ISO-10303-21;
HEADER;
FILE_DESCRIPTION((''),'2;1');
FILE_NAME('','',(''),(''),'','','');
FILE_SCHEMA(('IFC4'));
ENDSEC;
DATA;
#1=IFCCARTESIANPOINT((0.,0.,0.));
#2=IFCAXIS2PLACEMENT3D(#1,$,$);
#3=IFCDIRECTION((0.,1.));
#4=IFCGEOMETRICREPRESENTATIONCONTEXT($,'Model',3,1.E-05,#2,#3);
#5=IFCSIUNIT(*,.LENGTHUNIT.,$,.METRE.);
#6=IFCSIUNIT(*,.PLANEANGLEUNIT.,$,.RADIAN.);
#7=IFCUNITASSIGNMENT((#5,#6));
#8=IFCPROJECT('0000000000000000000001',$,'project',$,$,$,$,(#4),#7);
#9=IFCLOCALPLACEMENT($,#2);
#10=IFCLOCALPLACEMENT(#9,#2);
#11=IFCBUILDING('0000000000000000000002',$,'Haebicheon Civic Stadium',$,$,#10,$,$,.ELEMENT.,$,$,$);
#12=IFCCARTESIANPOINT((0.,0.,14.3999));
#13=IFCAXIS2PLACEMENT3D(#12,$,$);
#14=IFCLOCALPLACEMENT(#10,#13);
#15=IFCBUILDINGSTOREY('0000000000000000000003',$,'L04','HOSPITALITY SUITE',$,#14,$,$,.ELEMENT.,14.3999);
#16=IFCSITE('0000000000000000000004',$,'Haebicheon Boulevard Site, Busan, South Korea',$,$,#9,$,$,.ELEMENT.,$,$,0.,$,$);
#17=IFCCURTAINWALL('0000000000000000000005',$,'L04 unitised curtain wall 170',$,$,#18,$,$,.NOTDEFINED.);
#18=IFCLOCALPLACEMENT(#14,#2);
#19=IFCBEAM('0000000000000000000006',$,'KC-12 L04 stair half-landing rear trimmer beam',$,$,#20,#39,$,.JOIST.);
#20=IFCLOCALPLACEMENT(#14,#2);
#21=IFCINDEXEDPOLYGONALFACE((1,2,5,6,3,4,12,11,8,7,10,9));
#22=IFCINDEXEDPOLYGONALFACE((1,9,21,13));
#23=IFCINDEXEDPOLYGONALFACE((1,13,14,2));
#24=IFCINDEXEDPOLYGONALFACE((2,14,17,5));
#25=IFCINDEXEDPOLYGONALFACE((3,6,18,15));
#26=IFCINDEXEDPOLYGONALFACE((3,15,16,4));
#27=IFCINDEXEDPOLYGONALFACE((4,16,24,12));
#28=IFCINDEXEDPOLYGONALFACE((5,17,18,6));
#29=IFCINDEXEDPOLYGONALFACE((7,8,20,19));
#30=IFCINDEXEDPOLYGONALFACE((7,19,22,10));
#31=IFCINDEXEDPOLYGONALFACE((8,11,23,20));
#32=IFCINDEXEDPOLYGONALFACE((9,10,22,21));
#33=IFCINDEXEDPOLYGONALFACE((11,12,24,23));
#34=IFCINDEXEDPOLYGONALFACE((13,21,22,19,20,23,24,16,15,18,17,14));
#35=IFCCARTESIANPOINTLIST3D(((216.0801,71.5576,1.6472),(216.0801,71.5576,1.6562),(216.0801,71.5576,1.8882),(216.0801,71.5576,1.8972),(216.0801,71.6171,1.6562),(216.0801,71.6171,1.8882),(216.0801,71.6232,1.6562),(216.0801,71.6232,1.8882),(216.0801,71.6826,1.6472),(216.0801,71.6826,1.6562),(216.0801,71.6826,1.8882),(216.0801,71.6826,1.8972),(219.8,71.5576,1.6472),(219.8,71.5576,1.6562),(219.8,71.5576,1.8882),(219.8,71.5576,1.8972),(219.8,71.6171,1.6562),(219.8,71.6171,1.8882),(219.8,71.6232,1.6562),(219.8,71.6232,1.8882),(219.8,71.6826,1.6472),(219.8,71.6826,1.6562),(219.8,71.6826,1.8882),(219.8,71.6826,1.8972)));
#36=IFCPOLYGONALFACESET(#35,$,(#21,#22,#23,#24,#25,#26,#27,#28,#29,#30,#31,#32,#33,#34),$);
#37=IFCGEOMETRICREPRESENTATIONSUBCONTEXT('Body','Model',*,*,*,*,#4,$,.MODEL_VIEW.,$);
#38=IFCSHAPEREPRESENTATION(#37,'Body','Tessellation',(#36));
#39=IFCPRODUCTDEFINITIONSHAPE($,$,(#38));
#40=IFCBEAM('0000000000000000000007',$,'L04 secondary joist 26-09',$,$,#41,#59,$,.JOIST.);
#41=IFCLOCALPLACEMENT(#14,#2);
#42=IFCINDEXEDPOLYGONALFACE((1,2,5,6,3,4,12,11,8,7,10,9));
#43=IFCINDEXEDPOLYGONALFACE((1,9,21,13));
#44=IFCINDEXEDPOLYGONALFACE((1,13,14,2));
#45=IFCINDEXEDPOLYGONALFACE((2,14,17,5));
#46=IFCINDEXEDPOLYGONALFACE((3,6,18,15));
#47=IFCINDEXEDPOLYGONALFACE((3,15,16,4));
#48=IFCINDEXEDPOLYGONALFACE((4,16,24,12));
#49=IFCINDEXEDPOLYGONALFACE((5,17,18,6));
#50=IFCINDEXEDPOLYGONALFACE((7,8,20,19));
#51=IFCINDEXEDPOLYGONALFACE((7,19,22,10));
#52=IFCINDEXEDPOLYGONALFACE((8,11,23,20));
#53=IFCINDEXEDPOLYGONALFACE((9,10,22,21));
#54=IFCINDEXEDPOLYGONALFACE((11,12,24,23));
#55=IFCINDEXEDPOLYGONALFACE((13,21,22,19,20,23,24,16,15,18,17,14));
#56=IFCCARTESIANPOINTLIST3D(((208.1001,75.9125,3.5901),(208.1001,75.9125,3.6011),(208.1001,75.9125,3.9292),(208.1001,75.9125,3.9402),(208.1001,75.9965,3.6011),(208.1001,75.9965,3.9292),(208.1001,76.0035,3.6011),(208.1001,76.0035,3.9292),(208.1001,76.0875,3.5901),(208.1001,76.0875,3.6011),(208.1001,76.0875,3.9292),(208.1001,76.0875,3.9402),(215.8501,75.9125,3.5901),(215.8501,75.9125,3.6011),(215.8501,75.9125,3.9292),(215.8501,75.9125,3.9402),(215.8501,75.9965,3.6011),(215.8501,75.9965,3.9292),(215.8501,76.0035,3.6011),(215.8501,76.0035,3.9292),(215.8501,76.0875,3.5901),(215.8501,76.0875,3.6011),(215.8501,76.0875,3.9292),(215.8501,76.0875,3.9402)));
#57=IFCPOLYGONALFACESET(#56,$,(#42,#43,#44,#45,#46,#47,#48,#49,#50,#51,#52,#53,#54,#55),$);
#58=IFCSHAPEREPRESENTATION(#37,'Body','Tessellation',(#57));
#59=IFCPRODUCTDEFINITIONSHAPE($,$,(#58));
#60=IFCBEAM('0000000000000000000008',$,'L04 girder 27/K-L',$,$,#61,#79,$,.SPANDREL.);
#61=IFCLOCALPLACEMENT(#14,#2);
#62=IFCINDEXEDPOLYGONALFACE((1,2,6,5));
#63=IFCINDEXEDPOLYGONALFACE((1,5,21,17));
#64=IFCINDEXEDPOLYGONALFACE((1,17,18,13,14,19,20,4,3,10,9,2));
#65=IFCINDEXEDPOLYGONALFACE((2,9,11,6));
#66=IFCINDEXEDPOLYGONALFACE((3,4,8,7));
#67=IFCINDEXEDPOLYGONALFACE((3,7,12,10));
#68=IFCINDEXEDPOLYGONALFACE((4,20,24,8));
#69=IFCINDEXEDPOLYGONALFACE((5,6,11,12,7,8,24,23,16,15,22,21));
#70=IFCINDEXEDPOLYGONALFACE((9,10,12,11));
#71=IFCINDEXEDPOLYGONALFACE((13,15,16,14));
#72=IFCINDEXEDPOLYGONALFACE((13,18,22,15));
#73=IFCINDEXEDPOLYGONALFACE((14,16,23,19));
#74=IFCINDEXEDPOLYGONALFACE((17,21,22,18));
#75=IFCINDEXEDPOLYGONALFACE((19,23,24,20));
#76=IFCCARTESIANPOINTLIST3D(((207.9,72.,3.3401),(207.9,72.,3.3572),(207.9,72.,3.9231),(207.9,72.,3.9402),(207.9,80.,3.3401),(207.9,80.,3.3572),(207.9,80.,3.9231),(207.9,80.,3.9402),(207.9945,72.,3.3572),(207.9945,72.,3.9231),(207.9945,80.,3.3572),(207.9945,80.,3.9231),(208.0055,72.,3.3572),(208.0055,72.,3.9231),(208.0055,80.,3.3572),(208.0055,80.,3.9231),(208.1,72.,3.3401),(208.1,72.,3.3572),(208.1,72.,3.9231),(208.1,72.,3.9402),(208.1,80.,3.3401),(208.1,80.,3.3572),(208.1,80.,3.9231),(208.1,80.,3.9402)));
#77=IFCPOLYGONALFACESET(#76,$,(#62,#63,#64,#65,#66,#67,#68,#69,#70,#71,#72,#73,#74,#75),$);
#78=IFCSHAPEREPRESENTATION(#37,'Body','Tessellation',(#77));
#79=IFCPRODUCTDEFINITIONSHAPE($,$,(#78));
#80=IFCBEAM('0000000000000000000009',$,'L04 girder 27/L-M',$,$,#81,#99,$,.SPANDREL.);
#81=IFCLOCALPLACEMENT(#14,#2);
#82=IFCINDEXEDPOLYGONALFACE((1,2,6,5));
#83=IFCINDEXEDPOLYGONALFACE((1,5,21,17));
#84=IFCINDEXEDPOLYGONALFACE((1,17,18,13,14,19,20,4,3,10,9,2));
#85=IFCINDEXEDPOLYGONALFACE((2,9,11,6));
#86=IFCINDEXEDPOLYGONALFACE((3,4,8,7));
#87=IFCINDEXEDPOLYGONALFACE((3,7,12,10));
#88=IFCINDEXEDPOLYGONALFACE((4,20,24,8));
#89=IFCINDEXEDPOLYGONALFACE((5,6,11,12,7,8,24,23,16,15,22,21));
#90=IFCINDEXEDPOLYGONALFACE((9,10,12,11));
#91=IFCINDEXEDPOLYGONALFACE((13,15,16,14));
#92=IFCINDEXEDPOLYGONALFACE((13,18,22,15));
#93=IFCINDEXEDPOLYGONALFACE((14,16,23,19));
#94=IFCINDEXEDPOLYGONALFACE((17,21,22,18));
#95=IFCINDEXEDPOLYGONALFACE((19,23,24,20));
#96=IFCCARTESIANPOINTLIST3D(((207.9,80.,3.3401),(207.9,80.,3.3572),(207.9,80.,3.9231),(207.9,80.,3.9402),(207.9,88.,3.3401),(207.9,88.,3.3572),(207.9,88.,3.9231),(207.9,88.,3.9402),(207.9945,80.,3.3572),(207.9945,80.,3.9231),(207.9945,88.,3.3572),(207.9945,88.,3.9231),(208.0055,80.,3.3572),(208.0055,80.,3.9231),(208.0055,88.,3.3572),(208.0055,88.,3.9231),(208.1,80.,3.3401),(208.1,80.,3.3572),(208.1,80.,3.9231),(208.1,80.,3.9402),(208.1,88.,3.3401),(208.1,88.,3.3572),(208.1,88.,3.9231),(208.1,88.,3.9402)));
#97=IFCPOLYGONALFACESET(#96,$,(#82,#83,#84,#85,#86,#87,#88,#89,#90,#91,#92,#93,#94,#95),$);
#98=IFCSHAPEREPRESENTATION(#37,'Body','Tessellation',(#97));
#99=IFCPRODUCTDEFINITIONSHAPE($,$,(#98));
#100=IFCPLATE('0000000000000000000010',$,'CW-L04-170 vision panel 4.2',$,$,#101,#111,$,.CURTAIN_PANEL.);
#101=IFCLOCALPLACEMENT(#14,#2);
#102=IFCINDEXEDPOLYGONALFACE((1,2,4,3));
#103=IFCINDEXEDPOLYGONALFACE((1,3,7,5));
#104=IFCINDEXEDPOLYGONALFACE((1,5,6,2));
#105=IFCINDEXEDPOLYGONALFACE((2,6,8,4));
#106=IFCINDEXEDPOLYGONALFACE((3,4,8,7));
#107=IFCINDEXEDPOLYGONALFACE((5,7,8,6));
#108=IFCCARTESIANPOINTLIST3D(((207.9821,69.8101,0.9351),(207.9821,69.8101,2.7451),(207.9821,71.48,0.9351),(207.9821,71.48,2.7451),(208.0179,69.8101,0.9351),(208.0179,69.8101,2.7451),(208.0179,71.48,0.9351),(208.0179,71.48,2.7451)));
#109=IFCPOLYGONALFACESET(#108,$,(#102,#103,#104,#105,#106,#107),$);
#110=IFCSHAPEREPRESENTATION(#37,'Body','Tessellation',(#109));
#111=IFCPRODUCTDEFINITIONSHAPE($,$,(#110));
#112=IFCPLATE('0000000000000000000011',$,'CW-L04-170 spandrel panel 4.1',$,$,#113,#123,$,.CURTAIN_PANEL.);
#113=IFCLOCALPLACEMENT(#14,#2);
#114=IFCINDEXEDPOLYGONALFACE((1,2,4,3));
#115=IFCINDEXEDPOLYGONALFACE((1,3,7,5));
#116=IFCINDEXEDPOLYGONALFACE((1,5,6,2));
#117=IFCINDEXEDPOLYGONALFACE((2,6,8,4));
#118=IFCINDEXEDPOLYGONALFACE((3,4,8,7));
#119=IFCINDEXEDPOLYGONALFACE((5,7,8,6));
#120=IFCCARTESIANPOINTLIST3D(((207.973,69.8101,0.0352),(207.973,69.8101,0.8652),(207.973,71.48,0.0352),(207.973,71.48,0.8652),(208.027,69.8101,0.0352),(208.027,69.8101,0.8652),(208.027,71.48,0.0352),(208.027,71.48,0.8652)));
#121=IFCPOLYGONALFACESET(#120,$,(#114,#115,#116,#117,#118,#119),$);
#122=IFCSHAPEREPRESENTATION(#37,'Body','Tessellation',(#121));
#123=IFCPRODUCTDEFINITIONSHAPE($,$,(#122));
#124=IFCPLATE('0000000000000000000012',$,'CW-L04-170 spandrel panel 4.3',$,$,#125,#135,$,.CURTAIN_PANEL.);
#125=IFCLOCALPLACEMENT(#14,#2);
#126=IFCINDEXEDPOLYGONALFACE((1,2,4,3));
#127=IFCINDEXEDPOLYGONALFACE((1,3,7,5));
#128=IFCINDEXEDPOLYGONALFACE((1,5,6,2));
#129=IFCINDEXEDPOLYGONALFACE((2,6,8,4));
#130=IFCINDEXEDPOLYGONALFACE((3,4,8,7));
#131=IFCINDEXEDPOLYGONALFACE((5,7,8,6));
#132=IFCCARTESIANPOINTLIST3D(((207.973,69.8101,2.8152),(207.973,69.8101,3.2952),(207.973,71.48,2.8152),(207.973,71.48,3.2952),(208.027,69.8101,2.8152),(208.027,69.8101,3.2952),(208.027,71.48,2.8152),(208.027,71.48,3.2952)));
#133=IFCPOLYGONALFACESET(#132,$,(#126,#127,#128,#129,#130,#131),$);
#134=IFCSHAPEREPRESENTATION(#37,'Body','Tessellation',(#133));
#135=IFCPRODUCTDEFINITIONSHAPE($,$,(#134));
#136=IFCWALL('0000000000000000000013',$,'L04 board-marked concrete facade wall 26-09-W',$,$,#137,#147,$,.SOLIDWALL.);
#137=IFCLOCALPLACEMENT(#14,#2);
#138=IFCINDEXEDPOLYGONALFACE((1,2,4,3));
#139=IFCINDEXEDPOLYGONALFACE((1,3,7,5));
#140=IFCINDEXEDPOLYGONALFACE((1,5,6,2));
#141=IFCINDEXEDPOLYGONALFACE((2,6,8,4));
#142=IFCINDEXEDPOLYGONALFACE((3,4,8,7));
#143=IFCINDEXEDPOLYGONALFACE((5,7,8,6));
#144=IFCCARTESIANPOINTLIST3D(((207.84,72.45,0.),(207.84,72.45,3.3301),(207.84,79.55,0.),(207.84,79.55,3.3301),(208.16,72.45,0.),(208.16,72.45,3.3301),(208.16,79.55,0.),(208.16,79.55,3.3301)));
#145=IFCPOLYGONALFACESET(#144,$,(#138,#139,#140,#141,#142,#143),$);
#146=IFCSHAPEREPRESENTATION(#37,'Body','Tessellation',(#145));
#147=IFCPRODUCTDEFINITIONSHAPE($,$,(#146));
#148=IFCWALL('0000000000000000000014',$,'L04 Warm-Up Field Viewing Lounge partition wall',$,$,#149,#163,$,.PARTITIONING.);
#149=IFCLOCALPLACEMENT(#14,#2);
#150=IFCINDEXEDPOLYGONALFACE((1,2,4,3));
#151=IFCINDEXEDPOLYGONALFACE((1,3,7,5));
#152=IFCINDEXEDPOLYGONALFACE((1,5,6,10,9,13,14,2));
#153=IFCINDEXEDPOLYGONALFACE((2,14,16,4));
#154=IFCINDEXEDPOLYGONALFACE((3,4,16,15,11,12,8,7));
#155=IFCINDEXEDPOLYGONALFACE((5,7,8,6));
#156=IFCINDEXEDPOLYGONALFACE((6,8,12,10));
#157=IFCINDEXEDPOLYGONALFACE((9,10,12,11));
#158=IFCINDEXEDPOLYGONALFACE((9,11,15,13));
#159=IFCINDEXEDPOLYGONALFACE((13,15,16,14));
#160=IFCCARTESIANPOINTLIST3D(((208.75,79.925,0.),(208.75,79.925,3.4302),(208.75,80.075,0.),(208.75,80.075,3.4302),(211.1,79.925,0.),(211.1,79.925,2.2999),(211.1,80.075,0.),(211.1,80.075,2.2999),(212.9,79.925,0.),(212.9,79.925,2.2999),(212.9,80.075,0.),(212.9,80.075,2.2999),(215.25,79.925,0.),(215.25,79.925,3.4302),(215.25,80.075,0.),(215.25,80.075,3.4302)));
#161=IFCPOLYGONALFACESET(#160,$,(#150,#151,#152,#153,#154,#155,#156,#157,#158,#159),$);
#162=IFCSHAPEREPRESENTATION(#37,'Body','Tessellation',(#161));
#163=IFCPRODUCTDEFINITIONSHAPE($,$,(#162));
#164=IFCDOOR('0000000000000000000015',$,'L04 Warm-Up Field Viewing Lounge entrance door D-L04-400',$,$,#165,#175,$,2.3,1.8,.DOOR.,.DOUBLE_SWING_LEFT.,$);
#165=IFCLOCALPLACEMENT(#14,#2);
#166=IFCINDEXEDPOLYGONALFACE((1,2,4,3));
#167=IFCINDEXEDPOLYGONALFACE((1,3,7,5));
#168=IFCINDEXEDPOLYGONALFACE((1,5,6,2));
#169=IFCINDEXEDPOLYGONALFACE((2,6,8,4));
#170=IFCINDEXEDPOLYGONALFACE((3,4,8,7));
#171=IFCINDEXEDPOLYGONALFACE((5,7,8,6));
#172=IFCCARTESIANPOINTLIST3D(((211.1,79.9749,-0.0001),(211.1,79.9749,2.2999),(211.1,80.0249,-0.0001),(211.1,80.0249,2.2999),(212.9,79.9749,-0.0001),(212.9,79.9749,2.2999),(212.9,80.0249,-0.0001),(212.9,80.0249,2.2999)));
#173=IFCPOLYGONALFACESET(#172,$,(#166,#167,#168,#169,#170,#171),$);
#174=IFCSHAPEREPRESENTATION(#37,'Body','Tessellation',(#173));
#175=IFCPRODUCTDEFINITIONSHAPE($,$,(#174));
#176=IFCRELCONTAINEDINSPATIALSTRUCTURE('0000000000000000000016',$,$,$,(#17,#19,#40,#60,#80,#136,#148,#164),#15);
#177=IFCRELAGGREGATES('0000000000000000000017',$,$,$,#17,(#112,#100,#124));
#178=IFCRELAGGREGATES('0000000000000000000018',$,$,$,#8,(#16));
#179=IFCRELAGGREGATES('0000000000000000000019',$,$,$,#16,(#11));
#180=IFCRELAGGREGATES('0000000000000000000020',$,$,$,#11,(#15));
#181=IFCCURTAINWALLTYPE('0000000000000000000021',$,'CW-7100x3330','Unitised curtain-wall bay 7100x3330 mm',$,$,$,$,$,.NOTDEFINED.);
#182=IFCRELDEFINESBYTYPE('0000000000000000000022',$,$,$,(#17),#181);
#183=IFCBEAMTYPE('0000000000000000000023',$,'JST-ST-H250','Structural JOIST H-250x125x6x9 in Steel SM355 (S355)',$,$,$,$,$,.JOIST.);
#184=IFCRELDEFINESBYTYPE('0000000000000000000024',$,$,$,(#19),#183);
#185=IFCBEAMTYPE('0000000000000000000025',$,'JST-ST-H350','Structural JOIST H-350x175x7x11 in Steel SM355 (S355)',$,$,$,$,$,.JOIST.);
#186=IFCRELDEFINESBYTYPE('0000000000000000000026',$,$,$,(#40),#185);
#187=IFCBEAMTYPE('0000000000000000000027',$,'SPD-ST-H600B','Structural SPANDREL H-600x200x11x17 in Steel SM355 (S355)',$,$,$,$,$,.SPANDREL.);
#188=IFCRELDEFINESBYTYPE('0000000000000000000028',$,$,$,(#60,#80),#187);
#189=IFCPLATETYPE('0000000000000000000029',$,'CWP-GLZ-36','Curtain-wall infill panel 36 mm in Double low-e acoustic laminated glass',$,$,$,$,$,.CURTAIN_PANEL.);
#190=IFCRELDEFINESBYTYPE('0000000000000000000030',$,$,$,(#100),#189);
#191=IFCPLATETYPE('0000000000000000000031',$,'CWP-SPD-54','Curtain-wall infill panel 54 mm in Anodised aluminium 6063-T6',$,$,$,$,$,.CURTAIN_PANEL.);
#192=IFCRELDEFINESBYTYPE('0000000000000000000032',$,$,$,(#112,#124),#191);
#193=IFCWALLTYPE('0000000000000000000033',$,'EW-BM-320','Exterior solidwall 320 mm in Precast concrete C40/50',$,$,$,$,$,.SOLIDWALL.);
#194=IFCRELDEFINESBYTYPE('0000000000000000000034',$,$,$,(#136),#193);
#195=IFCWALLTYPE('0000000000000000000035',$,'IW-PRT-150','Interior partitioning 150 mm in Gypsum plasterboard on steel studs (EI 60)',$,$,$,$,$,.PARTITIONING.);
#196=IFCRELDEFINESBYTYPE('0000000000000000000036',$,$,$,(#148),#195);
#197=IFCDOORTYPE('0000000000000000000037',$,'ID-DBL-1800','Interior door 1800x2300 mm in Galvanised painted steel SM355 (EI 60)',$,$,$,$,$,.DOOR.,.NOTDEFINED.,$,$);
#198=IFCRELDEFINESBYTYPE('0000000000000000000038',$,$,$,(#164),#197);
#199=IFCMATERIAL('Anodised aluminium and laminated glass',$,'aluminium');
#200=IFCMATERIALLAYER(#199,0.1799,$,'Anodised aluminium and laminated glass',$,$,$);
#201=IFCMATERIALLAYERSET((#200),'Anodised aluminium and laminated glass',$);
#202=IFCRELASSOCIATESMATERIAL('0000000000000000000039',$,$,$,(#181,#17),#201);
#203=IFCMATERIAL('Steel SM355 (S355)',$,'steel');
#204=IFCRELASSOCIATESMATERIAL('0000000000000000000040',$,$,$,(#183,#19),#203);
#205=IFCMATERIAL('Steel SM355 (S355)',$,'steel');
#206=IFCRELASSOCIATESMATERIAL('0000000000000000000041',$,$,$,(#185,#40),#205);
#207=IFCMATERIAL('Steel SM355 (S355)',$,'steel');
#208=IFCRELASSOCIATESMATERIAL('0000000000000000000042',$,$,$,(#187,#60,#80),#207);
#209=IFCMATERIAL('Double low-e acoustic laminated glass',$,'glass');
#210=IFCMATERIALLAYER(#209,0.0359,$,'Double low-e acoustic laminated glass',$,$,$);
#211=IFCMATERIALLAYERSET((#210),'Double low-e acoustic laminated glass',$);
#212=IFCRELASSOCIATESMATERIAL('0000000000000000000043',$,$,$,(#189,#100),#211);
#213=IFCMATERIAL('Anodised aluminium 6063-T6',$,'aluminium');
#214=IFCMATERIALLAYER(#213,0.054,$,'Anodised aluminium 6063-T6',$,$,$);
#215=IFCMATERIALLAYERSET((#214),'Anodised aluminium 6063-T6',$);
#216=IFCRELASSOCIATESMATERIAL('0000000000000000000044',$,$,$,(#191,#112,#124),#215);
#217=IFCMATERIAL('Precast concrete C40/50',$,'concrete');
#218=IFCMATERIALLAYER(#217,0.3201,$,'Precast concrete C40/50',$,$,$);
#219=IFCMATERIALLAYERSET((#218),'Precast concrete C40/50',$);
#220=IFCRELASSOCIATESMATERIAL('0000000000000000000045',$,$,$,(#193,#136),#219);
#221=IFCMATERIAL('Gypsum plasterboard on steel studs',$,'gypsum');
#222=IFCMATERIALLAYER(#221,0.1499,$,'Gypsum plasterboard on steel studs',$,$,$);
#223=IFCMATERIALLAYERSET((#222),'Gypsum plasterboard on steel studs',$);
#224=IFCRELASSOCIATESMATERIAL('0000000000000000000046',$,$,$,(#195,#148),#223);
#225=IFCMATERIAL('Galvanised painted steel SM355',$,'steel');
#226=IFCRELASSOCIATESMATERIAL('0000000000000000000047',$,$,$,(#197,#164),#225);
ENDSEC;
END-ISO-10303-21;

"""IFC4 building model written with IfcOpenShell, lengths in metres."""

from ifc_helpers import new_model, si_unit, direction, frame, frame_2d, origin, origin_2d, place, context, subcontext, project, spatial, rectangle, i_section, extrude, material, layer, layer_set, material_profile, profile_set, type_object, element, fill, aggregate, save


model = new_model("IFC4")

# Units and contexts
model_context = context("Model", 3, precision=1e-05, world=origin(), true_north=direction((0.0, 1.0)))
body_context = subcontext(model_context, "Body", "Model", "MODEL_VIEW")
ifc_project = project(units=[si_unit("LENGTHUNIT", "METRE"), si_unit("PLANEANGLEUNIT", "RADIAN")], contexts=[model_context])

# Site, building, storey
site_placement = place(None, origin())
site = spatial("IfcSite", under=ifc_project, at=site_placement, Name="Haebicheon Boulevard Site, Busan, South Korea", CompositionType="ELEMENT", RefElevation=0.0)
building_placement = place(site_placement, origin())
building = spatial("IfcBuilding", under=site, at=building_placement, Name="Haebicheon Civic Stadium", CompositionType="ELEMENT")
storey_placement = place(building_placement, frame((0.0, 0.0, 14.3999)))
storey = spatial("IfcBuildingStorey", under=building, at=storey_placement, Name="L04", Description="HOSPITALITY SUITE", CompositionType="ELEMENT", Elevation=14.3999)

# Curtain wall
ifc_material_1 = material(Name="Anodised aluminium and laminated glass", Category="aluminium")
ifc_layer_1 = layer(ifc_material_1, 0.1799, Name="Anodised aluminium and laminated glass")
ifc_layer_set_1 = layer_set([ifc_layer_1], Name="Anodised aluminium and laminated glass")
curtain_wall_type = type_object("IfcCurtainWallType", Name="CW-7100x3330", Description="Unitised curtain-wall bay 7100x3330 mm", PredefinedType="NOTDEFINED", material=ifc_layer_set_1)
curtain_wall_placement = place(storey_placement, origin())
curtain_wall = element("IfcCurtainWall", 1, at=curtain_wall_placement, inside=storey, type_object=curtain_wall_type, material=ifc_layer_set_1, Name="L04 unitised curtain wall 170", PredefinedType="NOTDEFINED")

# Beams
ifc_material_2 = material(Name="Steel SM355 (S355)", Category="steel")
ifc_material_profile_1 = material_profile(ifc_material_2, i_section(OverallWidth=0.125, OverallDepth=0.25, WebThickness=0.0061, FlangeThickness=0.009, at=origin_2d()), Name="H-250x125x6x9")
ifc_profile_set_1 = profile_set([ifc_material_profile_1], Name="Steel SM355 (S355)")
beam_type_1 = type_object("IfcBeamType", Name="JST-ST-H250", Description="Structural JOIST H-250x125x6x9 in Steel SM355 (S355)", PredefinedType="JOIST", material=ifc_profile_set_1)
beam_1_placement = place(storey_placement, frame((216.0801, 71.6201, 1.7722), z_axis=(1.0, 0.0, 0.0), x_axis=(0.0, 1.0, 0.0)))
element("IfcBeam", 2, at=beam_1_placement, inside=storey, type_object=beam_type_1, material=ifc_profile_set_1, Name="KC-12 L04 stair half-landing rear trimmer beam", PredefinedType="JOIST", context=body_context, shape_type="SweptSolid", body=[
    extrude(i_section(OverallWidth=0.125, OverallDepth=0.25, WebThickness=0.0061, FlangeThickness=0.009, at=origin_2d()), origin(), (0.0, 0.0, 1.0), 3.72),
])
ifc_material_3 = material(Name="Steel SM355 (S355)", Category="steel")
ifc_material_profile_2 = material_profile(ifc_material_3, i_section(OverallWidth=0.175, OverallDepth=0.3501, WebThickness=0.0071, FlangeThickness=0.011, at=origin_2d()), Name="H-350x175x7x11")
ifc_profile_set_2 = profile_set([ifc_material_profile_2], Name="Steel SM355 (S355)")
beam_type_2 = type_object("IfcBeamType", Name="JST-ST-H350", Description="Structural JOIST H-350x175x7x11 in Steel SM355 (S355)", PredefinedType="JOIST", material=ifc_profile_set_2)
beam_2_placement = place(storey_placement, frame((208.1001, 76.0, 3.7651), z_axis=(1.0, 0.0, 0.0), x_axis=(0.0, 1.0, 0.0)))
element("IfcBeam", 3, at=beam_2_placement, inside=storey, type_object=beam_type_2, material=ifc_profile_set_2, Name="L04 secondary joist 26-09", PredefinedType="JOIST", context=body_context, shape_type="SweptSolid", body=[
    extrude(i_section(OverallWidth=0.175, OverallDepth=0.3501, WebThickness=0.0071, FlangeThickness=0.011, at=origin_2d()), origin(), (0.0, 0.0, 1.0), 7.75),
])
ifc_material_4 = material(Name="Steel SM355 (S355)", Category="steel")
ifc_material_profile_3 = material_profile(ifc_material_4, i_section(OverallWidth=0.2, OverallDepth=0.6001, WebThickness=0.011, FlangeThickness=0.0171, at=origin_2d()), Name="H-600x200x11x17")
ifc_profile_set_3 = profile_set([ifc_material_profile_3], Name="Steel SM355 (S355)")
beam_type_3 = type_object("IfcBeamType", Name="SPD-ST-H600B", Description="Structural SPANDREL H-600x200x11x17 in Steel SM355 (S355)", PredefinedType="SPANDREL", material=ifc_profile_set_3)
for number, where, z_axis, x_axis, name in (
    (4, (208.0, 72.0, 3.6401), (0.0, 1.0, 0.0), (-1.0, 0.0, 0.0), "L04 girder 27/K-L"),
    (5, (208.0, 80.0, 3.6401), (0.0, 1.0, 0.0), (-1.0, 0.0, 0.0), "L04 girder 27/L-M"),
):
    element("IfcBeam", number, at=place(storey_placement, frame(where, z_axis=z_axis, x_axis=x_axis)), inside=storey, type_object=beam_type_3, material=ifc_profile_set_3, Name=name, PredefinedType="SPANDREL", context=body_context, shape_type="SweptSolid", body=[
        extrude(i_section(OverallWidth=0.2, OverallDepth=0.6001, WebThickness=0.011, FlangeThickness=0.0171, at=origin_2d()), origin(), (0.0, 0.0, 1.0), 8.0),
    ])

# Plates
ifc_material_5 = material(Name="Double low-e acoustic laminated glass", Category="glass")
ifc_layer_2 = layer(ifc_material_5, 0.0359, Name="Double low-e acoustic laminated glass")
ifc_layer_set_2 = layer_set([ifc_layer_2], Name="Double low-e acoustic laminated glass")
plate_type_1 = type_object("IfcPlateType", Name="CWP-GLZ-36", Description="Curtain-wall infill panel 36 mm in Double low-e acoustic laminated glass", PredefinedType="CURTAIN_PANEL", material=ifc_layer_set_2)
plate_1_placement = place(storey_placement, frame((208.0, 70.645, 0.9351), z_axis=(0.0, 0.0, 1.0), x_axis=(0.0, 1.0, 0.0)))
plate_1 = element("IfcPlate", 6, at=plate_1_placement, type_object=plate_type_1, material=ifc_layer_set_2, Name="CW-L04-170 vision panel 4.2", PredefinedType="CURTAIN_PANEL", context=body_context, shape_type="SweptSolid", body=[
    extrude(rectangle(XDim=1.6699, YDim=0.0359, at=origin_2d()), origin(), (0.0, 0.0, 1.0), 1.8101),
])
ifc_material_6 = material(Name="Anodised aluminium 6063-T6", Category="aluminium")
ifc_layer_3 = layer(ifc_material_6, 0.054, Name="Anodised aluminium 6063-T6")
ifc_layer_set_3 = layer_set([ifc_layer_3], Name="Anodised aluminium 6063-T6")
plate_type_2 = type_object("IfcPlateType", Name="CWP-SPD-54", Description="Curtain-wall infill panel 54 mm in Anodised aluminium 6063-T6", PredefinedType="CURTAIN_PANEL", material=ifc_layer_set_3)
plate_2_placement = place(storey_placement, frame((208.0, 70.645, 0.0352), z_axis=(0.0, 0.0, 1.0), x_axis=(0.0, 1.0, 0.0)))
plate_2 = element("IfcPlate", 7, at=plate_2_placement, type_object=plate_type_2, material=ifc_layer_set_3, Name="CW-L04-170 spandrel panel 4.1", PredefinedType="CURTAIN_PANEL", context=body_context, shape_type="SweptSolid", body=[
    extrude(rectangle(XDim=1.6699, YDim=0.054, at=origin_2d()), origin(), (0.0, 0.0, 1.0), 0.8301),
])
plate_3_placement = place(storey_placement, frame((208.0, 70.645, 2.8152), z_axis=(0.0, 0.0, 1.0), x_axis=(0.0, 1.0, 0.0)))
plate_3 = element("IfcPlate", 8, at=plate_3_placement, type_object=plate_type_2, material=ifc_layer_set_3, Name="CW-L04-170 spandrel panel 4.3", PredefinedType="CURTAIN_PANEL", context=body_context, shape_type="SweptSolid", body=[
    extrude(rectangle(XDim=1.6699, YDim=0.054, at=origin_2d()), origin(), (0.0, 0.0, 1.0), 0.48),
])
aggregate(curtain_wall, [plate_2, plate_1, plate_3])

# Wall
ifc_material_7 = material(Name="Precast concrete C40/50", Category="concrete")
ifc_layer_4 = layer(ifc_material_7, 0.3201, Name="Precast concrete C40/50")
ifc_layer_set_4 = layer_set([ifc_layer_4], Name="Precast concrete C40/50")
wall_type_1 = type_object("IfcWallType", Name="EW-BM-320", Description="Exterior solidwall 320 mm in Precast concrete C40/50", PredefinedType="SOLIDWALL", material=ifc_layer_set_4)
wall_1_placement = place(storey_placement, frame((208.0, 72.45, 0.0), z_axis=(0.0, 0.0, 1.0), x_axis=(0.0, 1.0, 0.0)))
element("IfcWall", 9, at=wall_1_placement, inside=storey, type_object=wall_type_1, material=ifc_layer_set_4, Name="L04 board-marked concrete facade wall 26-09-W", PredefinedType="SOLIDWALL", context=body_context, shape_type="SweptSolid", body=[
    extrude(rectangle(XDim=7.1001, YDim=0.3201, at=frame_2d((3.55, 0.0))), origin(), (0.0, 0.0, 1.0), 3.3301),
])

# Wall, opening, door
ifc_material_8 = material(Name="Gypsum plasterboard on steel studs", Category="gypsum")
ifc_layer_5 = layer(ifc_material_8, 0.1499, Name="Gypsum plasterboard on steel studs")
ifc_layer_set_5 = layer_set([ifc_layer_5], Name="Gypsum plasterboard on steel studs")
wall_type_2 = type_object("IfcWallType", Name="IW-PRT-150", Description="Interior partitioning 150 mm in Gypsum plasterboard on steel studs (EI 60)", PredefinedType="PARTITIONING", material=ifc_layer_set_5)
wall_2_placement = place(storey_placement, frame((208.75, 80.0, 0.0), z_axis=(0.0, 0.0, 1.0), x_axis=(1.0, 0.0, 0.0)))
wall_2 = element("IfcWall", 10, at=wall_2_placement, inside=storey, type_object=wall_type_2, material=ifc_layer_set_5, Name="L04 Warm-Up Field Viewing Lounge partition wall", PredefinedType="PARTITIONING", context=body_context, shape_type="SweptSolid", body=[
    extrude(rectangle(XDim=6.5, YDim=0.1499, at=frame_2d((3.25, 0.0))), origin(), (0.0, 0.0, 1.0), 3.4302),
])
opening_placement = place(wall_2_placement, frame((2.3501, 0.0, 0.0)))
opening = element("IfcOpeningElement", 11, at=opening_placement, cuts=wall_2, PredefinedType="OPENING", context=body_context, shape_type="SweptSolid", body=[
    extrude(rectangle(XDim=1.8, YDim=2.3, at=frame_2d((0.8999, 1.1499))), frame((0.0, 0.085, 0.0), z_axis=(0.0, -1.0, 0.0), x_axis=(1.0, 0.0, 0.0)), (0.0, 0.0, 1.0), 0.1699),
])
ifc_material_9 = material(Name="Galvanised painted steel SM355", Category="steel")
door_type = type_object("IfcDoorType", Name="ID-DBL-1800", Description="Interior door 1800x2300 mm in Galvanised painted steel SM355 (EI 60)", OperationType="NOTDEFINED", PredefinedType="DOOR", material=ifc_material_9)
door_placement = place(opening_placement, origin())
door = element("IfcDoor", 12, at=door_placement, inside=storey, type_object=door_type, material=ifc_material_9, Name="L04 Warm-Up Field Viewing Lounge entrance door D-L04-400", OperationType="DOUBLE_SWING_LEFT", OverallHeight=2.3, OverallWidth=1.8, PredefinedType="DOOR", context=body_context, shape_type="SweptSolid", body=[
    extrude(rectangle(XDim=1.8, YDim=2.3, at=frame_2d((0.8999, 1.1499))), frame((0.0, 0.0249, 0.0), z_axis=(0.0, -1.0, 0.0), x_axis=(1.0, 0.0, 0.0)), (0.0, 0.0, 1.0), 0.05),
])
fill(opening, door)

save(model, "model.ifc")
